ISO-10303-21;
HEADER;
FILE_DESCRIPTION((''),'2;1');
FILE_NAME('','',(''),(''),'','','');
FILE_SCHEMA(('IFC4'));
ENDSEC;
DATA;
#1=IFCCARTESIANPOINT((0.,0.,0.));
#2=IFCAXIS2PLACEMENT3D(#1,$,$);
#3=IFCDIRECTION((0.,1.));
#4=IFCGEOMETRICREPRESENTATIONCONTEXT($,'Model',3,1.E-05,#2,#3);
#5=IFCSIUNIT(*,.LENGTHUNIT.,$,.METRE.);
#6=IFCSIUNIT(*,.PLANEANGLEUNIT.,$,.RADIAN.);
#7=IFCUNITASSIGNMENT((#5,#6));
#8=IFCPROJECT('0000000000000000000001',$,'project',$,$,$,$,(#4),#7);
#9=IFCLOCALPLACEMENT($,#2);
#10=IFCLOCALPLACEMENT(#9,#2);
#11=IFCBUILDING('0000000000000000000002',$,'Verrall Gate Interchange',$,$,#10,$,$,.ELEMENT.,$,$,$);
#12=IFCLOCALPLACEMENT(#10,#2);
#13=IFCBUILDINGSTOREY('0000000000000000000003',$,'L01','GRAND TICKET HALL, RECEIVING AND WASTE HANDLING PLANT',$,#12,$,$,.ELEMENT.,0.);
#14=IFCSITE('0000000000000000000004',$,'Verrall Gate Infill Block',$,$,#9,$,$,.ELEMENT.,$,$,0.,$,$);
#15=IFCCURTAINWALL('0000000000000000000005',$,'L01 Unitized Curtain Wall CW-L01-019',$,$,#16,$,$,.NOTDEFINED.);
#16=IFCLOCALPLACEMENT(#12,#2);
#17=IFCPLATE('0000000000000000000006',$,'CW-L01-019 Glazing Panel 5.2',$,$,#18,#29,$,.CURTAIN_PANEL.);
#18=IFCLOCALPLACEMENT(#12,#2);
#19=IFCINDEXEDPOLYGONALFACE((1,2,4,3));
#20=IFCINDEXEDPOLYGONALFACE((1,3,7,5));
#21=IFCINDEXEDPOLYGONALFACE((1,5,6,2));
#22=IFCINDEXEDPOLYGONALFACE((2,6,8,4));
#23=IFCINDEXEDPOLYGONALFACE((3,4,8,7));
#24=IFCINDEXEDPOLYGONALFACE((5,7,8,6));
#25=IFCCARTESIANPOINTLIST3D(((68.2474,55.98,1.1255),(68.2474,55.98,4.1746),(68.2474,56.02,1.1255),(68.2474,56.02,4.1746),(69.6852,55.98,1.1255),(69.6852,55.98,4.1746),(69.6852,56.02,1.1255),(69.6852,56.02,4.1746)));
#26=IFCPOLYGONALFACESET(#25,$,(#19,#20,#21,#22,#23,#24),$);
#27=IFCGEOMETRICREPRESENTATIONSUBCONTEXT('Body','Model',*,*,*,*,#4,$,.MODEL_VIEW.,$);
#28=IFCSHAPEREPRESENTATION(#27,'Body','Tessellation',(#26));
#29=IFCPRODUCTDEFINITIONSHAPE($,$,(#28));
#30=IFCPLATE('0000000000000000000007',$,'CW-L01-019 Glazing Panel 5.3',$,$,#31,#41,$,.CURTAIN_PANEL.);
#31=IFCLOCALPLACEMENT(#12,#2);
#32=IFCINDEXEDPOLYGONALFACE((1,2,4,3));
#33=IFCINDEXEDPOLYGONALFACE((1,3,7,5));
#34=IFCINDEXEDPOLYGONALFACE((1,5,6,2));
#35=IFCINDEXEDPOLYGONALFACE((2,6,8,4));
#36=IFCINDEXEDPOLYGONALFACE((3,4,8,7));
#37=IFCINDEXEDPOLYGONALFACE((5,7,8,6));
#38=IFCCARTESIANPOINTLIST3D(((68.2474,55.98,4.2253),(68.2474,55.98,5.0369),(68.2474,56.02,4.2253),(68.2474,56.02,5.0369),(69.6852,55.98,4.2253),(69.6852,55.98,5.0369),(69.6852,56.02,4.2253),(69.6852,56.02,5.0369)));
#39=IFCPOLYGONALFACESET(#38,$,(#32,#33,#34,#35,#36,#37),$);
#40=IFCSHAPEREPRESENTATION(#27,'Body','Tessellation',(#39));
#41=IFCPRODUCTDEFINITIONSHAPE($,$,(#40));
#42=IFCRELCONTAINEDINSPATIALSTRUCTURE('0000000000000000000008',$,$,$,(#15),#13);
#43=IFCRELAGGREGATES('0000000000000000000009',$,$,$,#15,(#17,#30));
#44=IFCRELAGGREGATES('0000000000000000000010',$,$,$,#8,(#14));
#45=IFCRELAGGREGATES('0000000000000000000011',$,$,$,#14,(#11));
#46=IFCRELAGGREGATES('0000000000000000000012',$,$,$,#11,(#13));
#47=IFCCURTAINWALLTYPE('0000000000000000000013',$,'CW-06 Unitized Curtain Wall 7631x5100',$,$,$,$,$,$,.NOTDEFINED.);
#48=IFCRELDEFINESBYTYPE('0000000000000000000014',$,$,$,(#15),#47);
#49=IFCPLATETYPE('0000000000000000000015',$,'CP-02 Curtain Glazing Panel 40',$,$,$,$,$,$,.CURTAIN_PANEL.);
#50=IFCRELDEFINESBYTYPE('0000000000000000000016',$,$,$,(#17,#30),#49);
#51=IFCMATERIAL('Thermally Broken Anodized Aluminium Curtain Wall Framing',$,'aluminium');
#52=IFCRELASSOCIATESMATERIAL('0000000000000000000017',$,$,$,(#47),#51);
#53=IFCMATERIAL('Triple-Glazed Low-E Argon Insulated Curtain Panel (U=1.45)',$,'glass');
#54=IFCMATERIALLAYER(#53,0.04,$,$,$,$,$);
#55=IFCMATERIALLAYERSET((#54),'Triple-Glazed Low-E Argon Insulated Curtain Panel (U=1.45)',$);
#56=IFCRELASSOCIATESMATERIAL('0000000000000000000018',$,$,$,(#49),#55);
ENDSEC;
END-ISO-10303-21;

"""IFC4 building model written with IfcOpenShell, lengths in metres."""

from ifc_helpers import new_model, si_unit, direction, frame, origin, origin_2d, place, context, subcontext, project, spatial, rectangle, extrude, material, layer, layer_set, type_object, element, aggregate, save


model = new_model("IFC4")

# Units and contexts
model_context = context("Model", 3, precision=1e-05, world=origin(), true_north=direction((0.0, 1.0)))
body_context = subcontext(model_context, "Body", "Model", "MODEL_VIEW")
ifc_project = project(units=[si_unit("LENGTHUNIT", "METRE"), si_unit("PLANEANGLEUNIT", "RADIAN")], contexts=[model_context])

# Site, building, storey
site_placement = place(None, origin())
site = spatial("IfcSite", under=ifc_project, at=site_placement, Name="Verrall Gate Infill Block", CompositionType="ELEMENT", RefElevation=0.0)
building_placement = place(site_placement, origin())
building = spatial("IfcBuilding", under=site, at=building_placement, Name="Verrall Gate Interchange", CompositionType="ELEMENT")
storey_placement = place(building_placement, origin())
storey = spatial("IfcBuildingStorey", under=building, at=storey_placement, Name="L01", Description="GRAND TICKET HALL, RECEIVING AND WASTE HANDLING PLANT", CompositionType="ELEMENT", Elevation=0.0)

# Shared definitions
ifc_material_1 = material(Name="Thermally Broken Anodized Aluminium Curtain Wall Framing", Category="aluminium")
curtain_wall_type = type_object("IfcCurtainWallType", Name="CW-06 Unitized Curtain Wall 7631x5100", PredefinedType="NOTDEFINED", material=ifc_material_1)

# Curtain wall
curtain_wall_1_placement = place(storey_placement, origin())
curtain_wall_1 = element("IfcCurtainWall", 1, at=curtain_wall_1_placement, inside=storey, type_object=curtain_wall_type, Name="L01 Unitized Curtain Wall CW-L01-019", PredefinedType="NOTDEFINED")

# Plates
ifc_material_2 = material(Name="Triple-Glazed Low-E Argon Insulated Curtain Panel (U=1.45)", Category="glass")
ifc_layer_1 = layer(ifc_material_2, 0.04)
ifc_layer_set_1 = layer_set([ifc_layer_1], Name="Triple-Glazed Low-E Argon Insulated Curtain Panel (U=1.45)")
plate_type_1 = type_object("IfcPlateType", Name="CP-02 Curtain Glazing Panel 40", PredefinedType="CURTAIN_PANEL", material=ifc_layer_set_1)
plate_1_placement = place(storey_placement, frame((68.9663, 56.0, 1.1255), z_axis=(0.0, 0.0, 1.0), x_axis=(-1.0, 0.0, 0.0)))
plate_1 = element("IfcPlate", 2, at=plate_1_placement, type_object=plate_type_1, Name="CW-L01-019 Glazing Panel 5.2", PredefinedType="CURTAIN_PANEL", context=body_context, shape_type="SweptSolid", body=[
    extrude(rectangle(XDim=1.4377, YDim=0.04, at=origin_2d()), origin(), (0.0, 0.0, 1.0), 3.0491),
])
plate_2_placement = place(storey_placement, frame((68.9663, 56.0, 4.2253), z_axis=(0.0, 0.0, 1.0), x_axis=(-1.0, 0.0, 0.0)))
plate_2 = element("IfcPlate", 3, at=plate_2_placement, type_object=plate_type_1, Name="CW-L01-019 Glazing Panel 5.3", PredefinedType="CURTAIN_PANEL", context=body_context, shape_type="SweptSolid", body=[
    extrude(rectangle(XDim=1.4377, YDim=0.04, at=origin_2d()), origin(), (0.0, 0.0, 1.0), 0.8115),
])
aggregate(curtain_wall_1, [plate_1, plate_2])

save(model, "model.ifc")
